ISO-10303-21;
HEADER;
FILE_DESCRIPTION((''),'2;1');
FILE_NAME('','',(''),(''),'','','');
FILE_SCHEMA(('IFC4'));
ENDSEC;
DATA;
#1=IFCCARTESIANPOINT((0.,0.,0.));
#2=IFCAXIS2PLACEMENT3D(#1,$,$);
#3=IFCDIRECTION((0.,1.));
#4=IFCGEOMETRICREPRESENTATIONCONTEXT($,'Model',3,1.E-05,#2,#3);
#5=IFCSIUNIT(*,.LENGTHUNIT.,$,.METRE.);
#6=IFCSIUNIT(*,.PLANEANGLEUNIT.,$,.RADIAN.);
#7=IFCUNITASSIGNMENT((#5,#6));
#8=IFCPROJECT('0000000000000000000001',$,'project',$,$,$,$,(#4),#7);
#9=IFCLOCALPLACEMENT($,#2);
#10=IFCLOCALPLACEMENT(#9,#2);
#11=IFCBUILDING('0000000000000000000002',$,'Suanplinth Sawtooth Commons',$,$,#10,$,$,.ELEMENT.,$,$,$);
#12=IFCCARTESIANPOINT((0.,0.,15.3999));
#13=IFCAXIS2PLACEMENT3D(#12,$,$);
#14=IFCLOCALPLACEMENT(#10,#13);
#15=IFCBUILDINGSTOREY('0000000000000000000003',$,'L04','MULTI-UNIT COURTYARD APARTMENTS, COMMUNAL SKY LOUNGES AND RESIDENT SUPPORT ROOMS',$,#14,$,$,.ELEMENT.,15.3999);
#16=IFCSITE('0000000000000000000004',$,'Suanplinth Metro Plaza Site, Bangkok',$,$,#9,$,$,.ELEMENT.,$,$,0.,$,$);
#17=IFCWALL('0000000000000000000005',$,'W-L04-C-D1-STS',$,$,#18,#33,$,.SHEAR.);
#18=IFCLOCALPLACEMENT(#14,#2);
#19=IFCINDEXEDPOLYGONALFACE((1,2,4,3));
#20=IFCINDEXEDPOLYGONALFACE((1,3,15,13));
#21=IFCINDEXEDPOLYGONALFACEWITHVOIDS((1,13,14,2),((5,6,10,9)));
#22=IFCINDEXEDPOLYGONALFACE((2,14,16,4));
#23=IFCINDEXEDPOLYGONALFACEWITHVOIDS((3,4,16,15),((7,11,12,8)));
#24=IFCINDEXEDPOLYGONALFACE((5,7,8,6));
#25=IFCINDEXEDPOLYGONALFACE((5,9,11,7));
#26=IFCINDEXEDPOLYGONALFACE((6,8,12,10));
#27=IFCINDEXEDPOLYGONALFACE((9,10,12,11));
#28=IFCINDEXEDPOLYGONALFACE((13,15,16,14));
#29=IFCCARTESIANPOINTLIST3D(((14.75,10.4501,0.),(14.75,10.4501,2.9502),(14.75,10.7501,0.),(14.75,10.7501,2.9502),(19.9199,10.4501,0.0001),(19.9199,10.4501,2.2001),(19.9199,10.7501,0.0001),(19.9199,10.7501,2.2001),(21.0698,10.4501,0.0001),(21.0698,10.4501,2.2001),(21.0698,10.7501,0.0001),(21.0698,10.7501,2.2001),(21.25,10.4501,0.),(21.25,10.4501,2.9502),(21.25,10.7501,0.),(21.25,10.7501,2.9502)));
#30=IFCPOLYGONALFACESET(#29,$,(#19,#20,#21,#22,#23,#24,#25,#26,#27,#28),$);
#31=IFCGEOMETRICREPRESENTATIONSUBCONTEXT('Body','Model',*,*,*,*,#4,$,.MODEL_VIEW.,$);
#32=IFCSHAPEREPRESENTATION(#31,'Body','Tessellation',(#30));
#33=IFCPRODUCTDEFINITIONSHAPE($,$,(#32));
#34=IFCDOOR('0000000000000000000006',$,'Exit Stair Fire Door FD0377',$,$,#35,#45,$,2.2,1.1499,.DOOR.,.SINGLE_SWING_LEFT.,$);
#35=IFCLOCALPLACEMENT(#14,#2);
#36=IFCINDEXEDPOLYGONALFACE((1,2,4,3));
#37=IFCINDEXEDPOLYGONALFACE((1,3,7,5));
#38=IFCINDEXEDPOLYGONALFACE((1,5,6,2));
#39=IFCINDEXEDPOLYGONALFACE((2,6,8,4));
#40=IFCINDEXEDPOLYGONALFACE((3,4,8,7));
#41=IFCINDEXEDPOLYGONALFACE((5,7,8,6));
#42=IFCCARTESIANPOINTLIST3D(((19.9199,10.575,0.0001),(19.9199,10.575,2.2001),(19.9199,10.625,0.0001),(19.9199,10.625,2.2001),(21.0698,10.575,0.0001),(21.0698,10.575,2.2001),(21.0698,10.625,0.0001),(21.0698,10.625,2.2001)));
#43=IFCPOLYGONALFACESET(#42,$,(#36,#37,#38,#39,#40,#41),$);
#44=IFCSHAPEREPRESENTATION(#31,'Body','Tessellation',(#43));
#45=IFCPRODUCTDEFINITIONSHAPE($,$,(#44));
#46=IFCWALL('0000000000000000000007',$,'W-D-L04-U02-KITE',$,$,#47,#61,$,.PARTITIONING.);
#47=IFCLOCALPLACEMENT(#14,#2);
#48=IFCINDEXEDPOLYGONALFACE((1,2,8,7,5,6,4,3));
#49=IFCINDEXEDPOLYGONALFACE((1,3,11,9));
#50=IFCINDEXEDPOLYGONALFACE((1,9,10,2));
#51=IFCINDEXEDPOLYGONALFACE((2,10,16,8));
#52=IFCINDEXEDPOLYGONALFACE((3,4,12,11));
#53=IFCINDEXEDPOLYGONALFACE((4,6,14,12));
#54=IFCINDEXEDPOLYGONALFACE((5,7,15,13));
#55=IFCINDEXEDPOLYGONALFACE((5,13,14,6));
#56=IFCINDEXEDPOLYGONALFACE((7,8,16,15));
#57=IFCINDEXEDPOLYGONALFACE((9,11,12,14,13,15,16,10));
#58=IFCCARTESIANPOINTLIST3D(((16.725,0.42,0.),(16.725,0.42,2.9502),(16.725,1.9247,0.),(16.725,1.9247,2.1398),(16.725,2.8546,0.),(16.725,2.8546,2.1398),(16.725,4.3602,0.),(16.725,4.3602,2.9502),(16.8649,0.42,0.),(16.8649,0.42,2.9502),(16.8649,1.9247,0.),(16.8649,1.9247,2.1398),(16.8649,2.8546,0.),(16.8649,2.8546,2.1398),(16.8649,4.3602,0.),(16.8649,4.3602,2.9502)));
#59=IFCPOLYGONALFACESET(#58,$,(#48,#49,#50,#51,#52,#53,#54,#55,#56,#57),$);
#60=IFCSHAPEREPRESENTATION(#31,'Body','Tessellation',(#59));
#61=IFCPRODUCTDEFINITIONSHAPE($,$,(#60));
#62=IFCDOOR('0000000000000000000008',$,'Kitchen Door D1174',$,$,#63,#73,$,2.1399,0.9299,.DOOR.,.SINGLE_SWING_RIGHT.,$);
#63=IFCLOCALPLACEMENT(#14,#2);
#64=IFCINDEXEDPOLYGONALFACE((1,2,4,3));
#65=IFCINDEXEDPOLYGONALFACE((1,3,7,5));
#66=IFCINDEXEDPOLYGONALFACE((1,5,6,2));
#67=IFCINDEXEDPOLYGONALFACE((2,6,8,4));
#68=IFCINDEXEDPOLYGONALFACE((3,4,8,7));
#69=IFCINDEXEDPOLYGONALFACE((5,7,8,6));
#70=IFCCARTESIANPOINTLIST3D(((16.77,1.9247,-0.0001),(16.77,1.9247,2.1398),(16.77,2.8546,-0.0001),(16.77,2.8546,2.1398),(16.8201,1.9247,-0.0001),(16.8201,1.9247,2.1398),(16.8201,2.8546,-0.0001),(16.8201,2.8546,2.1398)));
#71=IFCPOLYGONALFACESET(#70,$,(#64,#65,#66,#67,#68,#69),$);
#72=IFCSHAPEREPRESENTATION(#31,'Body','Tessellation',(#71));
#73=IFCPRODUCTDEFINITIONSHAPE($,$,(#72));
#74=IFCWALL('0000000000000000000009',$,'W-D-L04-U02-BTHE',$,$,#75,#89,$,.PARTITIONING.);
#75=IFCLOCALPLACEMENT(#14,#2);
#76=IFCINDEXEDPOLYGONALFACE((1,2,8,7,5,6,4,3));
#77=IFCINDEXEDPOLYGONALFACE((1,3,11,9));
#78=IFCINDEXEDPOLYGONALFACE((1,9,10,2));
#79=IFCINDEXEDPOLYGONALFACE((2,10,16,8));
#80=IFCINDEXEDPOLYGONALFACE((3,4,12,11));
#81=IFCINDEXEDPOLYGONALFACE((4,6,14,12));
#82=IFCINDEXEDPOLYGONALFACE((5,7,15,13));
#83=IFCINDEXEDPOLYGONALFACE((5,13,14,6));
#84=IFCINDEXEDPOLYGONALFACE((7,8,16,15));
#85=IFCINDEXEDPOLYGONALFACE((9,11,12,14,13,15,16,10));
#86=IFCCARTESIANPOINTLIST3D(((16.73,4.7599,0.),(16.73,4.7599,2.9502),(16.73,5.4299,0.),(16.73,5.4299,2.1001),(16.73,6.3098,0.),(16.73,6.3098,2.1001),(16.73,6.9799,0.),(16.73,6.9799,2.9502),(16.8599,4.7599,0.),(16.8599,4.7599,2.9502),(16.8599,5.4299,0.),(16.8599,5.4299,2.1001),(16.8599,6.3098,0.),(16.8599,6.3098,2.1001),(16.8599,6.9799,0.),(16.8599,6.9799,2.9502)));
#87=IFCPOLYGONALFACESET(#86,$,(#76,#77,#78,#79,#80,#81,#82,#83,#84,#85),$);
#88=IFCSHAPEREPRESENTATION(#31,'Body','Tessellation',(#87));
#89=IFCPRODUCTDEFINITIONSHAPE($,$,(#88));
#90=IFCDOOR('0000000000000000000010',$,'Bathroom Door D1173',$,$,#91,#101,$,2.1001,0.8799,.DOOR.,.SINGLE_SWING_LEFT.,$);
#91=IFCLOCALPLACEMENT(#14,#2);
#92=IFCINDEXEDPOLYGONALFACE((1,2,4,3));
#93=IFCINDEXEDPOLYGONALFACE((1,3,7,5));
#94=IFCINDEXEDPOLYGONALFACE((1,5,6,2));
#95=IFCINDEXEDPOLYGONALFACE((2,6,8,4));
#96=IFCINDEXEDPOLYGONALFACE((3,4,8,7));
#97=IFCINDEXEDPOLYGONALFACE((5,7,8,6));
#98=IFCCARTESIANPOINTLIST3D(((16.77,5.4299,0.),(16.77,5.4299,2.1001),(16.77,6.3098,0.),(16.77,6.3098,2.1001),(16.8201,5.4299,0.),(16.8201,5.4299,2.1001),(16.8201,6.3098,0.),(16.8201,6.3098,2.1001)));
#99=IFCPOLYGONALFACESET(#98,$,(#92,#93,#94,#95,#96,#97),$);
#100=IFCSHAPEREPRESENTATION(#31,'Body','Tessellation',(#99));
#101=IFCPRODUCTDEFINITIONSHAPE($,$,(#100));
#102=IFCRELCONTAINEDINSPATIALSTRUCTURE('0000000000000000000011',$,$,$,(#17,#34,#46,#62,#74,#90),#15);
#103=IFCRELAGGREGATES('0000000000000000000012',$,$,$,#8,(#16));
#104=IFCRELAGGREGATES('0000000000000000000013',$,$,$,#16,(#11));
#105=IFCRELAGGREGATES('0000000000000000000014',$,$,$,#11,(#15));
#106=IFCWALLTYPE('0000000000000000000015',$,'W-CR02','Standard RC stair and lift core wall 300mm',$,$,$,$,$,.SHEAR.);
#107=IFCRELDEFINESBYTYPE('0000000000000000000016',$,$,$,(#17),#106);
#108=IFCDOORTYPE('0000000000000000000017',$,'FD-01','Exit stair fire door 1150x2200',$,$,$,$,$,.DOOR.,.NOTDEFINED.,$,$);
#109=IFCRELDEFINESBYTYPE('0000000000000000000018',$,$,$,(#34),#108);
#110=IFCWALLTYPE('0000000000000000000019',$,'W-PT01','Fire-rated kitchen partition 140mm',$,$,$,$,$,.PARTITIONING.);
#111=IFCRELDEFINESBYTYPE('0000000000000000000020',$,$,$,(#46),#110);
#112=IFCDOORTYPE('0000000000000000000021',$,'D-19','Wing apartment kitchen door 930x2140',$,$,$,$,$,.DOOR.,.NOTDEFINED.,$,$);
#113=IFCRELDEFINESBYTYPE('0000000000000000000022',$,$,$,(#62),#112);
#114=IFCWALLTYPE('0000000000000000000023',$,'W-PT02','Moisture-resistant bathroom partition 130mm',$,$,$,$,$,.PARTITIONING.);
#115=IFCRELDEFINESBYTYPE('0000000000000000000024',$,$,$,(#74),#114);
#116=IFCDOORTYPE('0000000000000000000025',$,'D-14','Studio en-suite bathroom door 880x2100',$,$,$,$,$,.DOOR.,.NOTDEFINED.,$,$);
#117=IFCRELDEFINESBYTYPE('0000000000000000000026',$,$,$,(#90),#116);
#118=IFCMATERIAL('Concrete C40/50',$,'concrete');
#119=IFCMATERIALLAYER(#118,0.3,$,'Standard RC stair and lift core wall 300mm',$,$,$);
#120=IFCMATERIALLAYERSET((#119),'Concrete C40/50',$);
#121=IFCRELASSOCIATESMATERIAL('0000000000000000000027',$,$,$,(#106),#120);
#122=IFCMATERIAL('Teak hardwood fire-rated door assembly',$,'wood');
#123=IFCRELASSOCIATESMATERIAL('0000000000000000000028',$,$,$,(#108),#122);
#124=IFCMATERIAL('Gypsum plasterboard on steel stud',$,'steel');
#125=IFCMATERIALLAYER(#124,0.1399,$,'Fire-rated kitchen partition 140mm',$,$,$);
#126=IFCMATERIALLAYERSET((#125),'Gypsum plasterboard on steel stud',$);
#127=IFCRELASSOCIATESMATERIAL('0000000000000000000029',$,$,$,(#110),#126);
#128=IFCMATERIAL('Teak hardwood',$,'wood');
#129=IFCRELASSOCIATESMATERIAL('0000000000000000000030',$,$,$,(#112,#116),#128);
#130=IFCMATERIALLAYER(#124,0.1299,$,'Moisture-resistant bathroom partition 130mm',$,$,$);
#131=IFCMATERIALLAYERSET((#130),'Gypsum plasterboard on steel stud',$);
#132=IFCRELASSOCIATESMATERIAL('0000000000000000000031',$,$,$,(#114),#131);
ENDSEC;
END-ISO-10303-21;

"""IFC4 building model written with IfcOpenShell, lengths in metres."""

from ifc_helpers import new_model, si_unit, direction, frame, frame_2d, origin, place, context, subcontext, project, spatial, rectangle, extrude, material, layer, layer_set, type_object, element, fill, save


model = new_model("IFC4")

# Units and contexts
model_context = context("Model", 3, precision=1e-05, world=origin(), true_north=direction((0.0, 1.0)))
body_context = subcontext(model_context, "Body", "Model", "MODEL_VIEW")
ifc_project = project(units=[si_unit("LENGTHUNIT", "METRE"), si_unit("PLANEANGLEUNIT", "RADIAN")], contexts=[model_context])

# Site, building, storey
site_placement = place(None, origin())
site = spatial("IfcSite", under=ifc_project, at=site_placement, Name="Suanplinth Metro Plaza Site, Bangkok", CompositionType="ELEMENT", RefElevation=0.0)
building_placement = place(site_placement, origin())
building = spatial("IfcBuilding", under=site, at=building_placement, Name="Suanplinth Sawtooth Commons", CompositionType="ELEMENT")
storey_placement = place(building_placement, frame((0.0, 0.0, 15.3999)))
storey = spatial("IfcBuildingStorey", under=building, at=storey_placement, Name="L04", Description="MULTI-UNIT COURTYARD APARTMENTS, COMMUNAL SKY LOUNGES AND RESIDENT SUPPORT ROOMS", CompositionType="ELEMENT", Elevation=15.3999)

# Walls, openings, doors
ifc_material_1 = material(Name="Concrete C40/50", Category="concrete")
ifc_layer_1 = layer(ifc_material_1, 0.3, Name="Standard RC stair and lift core wall 300mm")
ifc_layer_set_1 = layer_set([ifc_layer_1], Name="Concrete C40/50")
wall_type_1 = type_object("IfcWallType", Name="W-CR02", Description="Standard RC stair and lift core wall 300mm", PredefinedType="SHEAR", material=ifc_layer_set_1)
wall_1_placement = place(storey_placement, frame((14.75, 10.6001, 0.0), z_axis=(0.0, 0.0, 1.0), x_axis=(1.0, 0.0, 0.0)))
wall_1 = element("IfcWall", 1, at=wall_1_placement, inside=storey, type_object=wall_type_1, Name="W-L04-C-D1-STS", PredefinedType="SHEAR", context=body_context, shape_type="SweptSolid", body=[
    extrude(rectangle(XDim=6.5, YDim=0.3, at=frame_2d((3.25, 0.0))), origin(), (0.0, 0.0, 1.0), 2.9502),
])
opening_1_placement = place(wall_1_placement, frame((5.1699, 0.0, 0.0)))
opening_1 = element("IfcOpeningElement", 2, at=opening_1_placement, cuts=wall_1, PredefinedType="OPENING", context=body_context, shape_type="SweptSolid", body=[
    extrude(rectangle(XDim=1.1499, YDim=2.2, at=frame_2d((0.575, 1.1001))), frame((0.0, 0.165, 0.0), z_axis=(0.0, -1.0, 0.0), x_axis=(1.0, 0.0, 0.0)), (0.0, 0.0, 1.0), 0.3298),
])
ifc_material_2 = material(Name="Teak hardwood fire-rated door assembly", Category="wood")
door_type_1 = type_object("IfcDoorType", Name="FD-01", Description="Exit stair fire door 1150x2200", OperationType="NOTDEFINED", PredefinedType="DOOR", material=ifc_material_2)
door_1_placement = place(opening_1_placement, origin())
door_1 = element("IfcDoor", 3, at=door_1_placement, inside=storey, type_object=door_type_1, Name="Exit Stair Fire Door FD0377", OperationType="SINGLE_SWING_LEFT", OverallHeight=2.2, OverallWidth=1.1499, PredefinedType="DOOR", context=body_context, shape_type="SweptSolid", body=[
    extrude(rectangle(XDim=1.1499, YDim=2.2, at=frame_2d((0.575, 1.1001))), frame((0.0, 0.0249, 0.0), z_axis=(0.0, -1.0, 0.0), x_axis=(1.0, 0.0, 0.0)), (0.0, 0.0, 1.0), 0.05),
])
fill(opening_1, door_1)
ifc_material_3 = material(Name="Gypsum plasterboard on steel stud", Category="steel")
ifc_layer_2 = layer(ifc_material_3, 0.1399, Name="Fire-rated kitchen partition 140mm")
ifc_layer_set_2 = layer_set([ifc_layer_2], Name="Gypsum plasterboard on steel stud")
wall_type_2 = type_object("IfcWallType", Name="W-PT01", Description="Fire-rated kitchen partition 140mm", PredefinedType="PARTITIONING", material=ifc_layer_set_2)
wall_2_placement = place(storey_placement, frame((16.7949, 0.4199, 0.0), z_axis=(0.0, 0.0, 1.0), x_axis=(0.0, 1.0, 0.0)))
wall_2 = element("IfcWall", 4, at=wall_2_placement, inside=storey, type_object=wall_type_2, Name="W-D-L04-U02-KITE", PredefinedType="PARTITIONING", context=body_context, shape_type="SweptSolid", body=[
    extrude(rectangle(XDim=3.9402, YDim=0.1399, at=frame_2d((1.9702, 0.0))), origin(), (0.0, 0.0, 1.0), 2.9502),
])
opening_2_placement = place(wall_2_placement, frame((1.5049, 0.0, 0.0)))
opening_2 = element("IfcOpeningElement", 5, at=opening_2_placement, cuts=wall_2, PredefinedType="OPENING", context=body_context, shape_type="SweptSolid", body=[
    extrude(rectangle(XDim=0.9299, YDim=2.1399, at=frame_2d((0.4648, 1.0698))), frame((0.0, 0.085, 0.0), z_axis=(0.0, -1.0, 0.0), x_axis=(1.0, 0.0, 0.0)), (0.0, 0.0, 1.0), 0.1697),
])
ifc_material_4 = material(Name="Teak hardwood", Category="wood")
door_type_2 = type_object("IfcDoorType", Name="D-19", Description="Wing apartment kitchen door 930x2140", OperationType="NOTDEFINED", PredefinedType="DOOR", material=ifc_material_4)
door_2_placement = place(opening_2_placement, origin())
door_2 = element("IfcDoor", 6, at=door_2_placement, inside=storey, type_object=door_type_2, Name="Kitchen Door D1174", OperationType="SINGLE_SWING_RIGHT", OverallHeight=2.1399, OverallWidth=0.9299, PredefinedType="DOOR", context=body_context, shape_type="SweptSolid", body=[
    extrude(rectangle(XDim=0.9299, YDim=2.1399, at=frame_2d((0.4648, 1.0698))), frame((0.0, 0.0249, 0.0), z_axis=(0.0, -1.0, 0.0), x_axis=(1.0, 0.0, 0.0)), (0.0, 0.0, 1.0), 0.05),
])
fill(opening_2, door_2)
ifc_layer_3 = layer(ifc_material_3, 0.1299, Name="Moisture-resistant bathroom partition 130mm")
ifc_layer_set_3 = layer_set([ifc_layer_3], Name="Gypsum plasterboard on steel stud")
wall_type_3 = type_object("IfcWallType", Name="W-PT02", Description="Moisture-resistant bathroom partition 130mm", PredefinedType="PARTITIONING", material=ifc_layer_set_3)
wall_3_placement = place(storey_placement, frame((16.7949, 4.76, 0.0), z_axis=(0.0, 0.0, 1.0), x_axis=(0.0, 1.0, 0.0)))
wall_3 = element("IfcWall", 7, at=wall_3_placement, inside=storey, type_object=wall_type_3, Name="W-D-L04-U02-BTHE", PredefinedType="PARTITIONING", context=body_context, shape_type="SweptSolid", body=[
    extrude(rectangle(XDim=2.22, YDim=0.1299, at=frame_2d((1.1099, 0.0))), origin(), (0.0, 0.0, 1.0), 2.9502),
])
opening_3_placement = place(wall_3_placement, frame((0.6699, 0.0, 0.0)))
opening_3 = element("IfcOpeningElement", 8, at=opening_3_placement, cuts=wall_3, PredefinedType="OPENING", context=body_context, shape_type="SweptSolid", body=[
    extrude(rectangle(XDim=0.8799, YDim=2.1001, at=frame_2d((0.4399, 1.05))), frame((0.0, 0.0798, 0.0), z_axis=(0.0, -1.0, 0.0), x_axis=(1.0, 0.0, 0.0)), (0.0, 0.0, 1.0), 0.1597),
])
door_type_3 = type_object("IfcDoorType", Name="D-14", Description="Studio en-suite bathroom door 880x2100", OperationType="NOTDEFINED", PredefinedType="DOOR", material=ifc_material_4)
door_3_placement = place(opening_3_placement, origin())
door_3 = element("IfcDoor", 9, at=door_3_placement, inside=storey, type_object=door_type_3, Name="Bathroom Door D1173", OperationType="SINGLE_SWING_LEFT", OverallHeight=2.1001, OverallWidth=0.8799, PredefinedType="DOOR", context=body_context, shape_type="SweptSolid", body=[
    extrude(rectangle(XDim=0.8799, YDim=2.1001, at=frame_2d((0.4399, 1.05))), frame((0.0, 0.0249, 0.0), z_axis=(0.0, -1.0, 0.0), x_axis=(1.0, 0.0, 0.0)), (0.0, 0.0, 1.0), 0.05),
])
fill(opening_3, door_3)

save(model, "model.ifc")
